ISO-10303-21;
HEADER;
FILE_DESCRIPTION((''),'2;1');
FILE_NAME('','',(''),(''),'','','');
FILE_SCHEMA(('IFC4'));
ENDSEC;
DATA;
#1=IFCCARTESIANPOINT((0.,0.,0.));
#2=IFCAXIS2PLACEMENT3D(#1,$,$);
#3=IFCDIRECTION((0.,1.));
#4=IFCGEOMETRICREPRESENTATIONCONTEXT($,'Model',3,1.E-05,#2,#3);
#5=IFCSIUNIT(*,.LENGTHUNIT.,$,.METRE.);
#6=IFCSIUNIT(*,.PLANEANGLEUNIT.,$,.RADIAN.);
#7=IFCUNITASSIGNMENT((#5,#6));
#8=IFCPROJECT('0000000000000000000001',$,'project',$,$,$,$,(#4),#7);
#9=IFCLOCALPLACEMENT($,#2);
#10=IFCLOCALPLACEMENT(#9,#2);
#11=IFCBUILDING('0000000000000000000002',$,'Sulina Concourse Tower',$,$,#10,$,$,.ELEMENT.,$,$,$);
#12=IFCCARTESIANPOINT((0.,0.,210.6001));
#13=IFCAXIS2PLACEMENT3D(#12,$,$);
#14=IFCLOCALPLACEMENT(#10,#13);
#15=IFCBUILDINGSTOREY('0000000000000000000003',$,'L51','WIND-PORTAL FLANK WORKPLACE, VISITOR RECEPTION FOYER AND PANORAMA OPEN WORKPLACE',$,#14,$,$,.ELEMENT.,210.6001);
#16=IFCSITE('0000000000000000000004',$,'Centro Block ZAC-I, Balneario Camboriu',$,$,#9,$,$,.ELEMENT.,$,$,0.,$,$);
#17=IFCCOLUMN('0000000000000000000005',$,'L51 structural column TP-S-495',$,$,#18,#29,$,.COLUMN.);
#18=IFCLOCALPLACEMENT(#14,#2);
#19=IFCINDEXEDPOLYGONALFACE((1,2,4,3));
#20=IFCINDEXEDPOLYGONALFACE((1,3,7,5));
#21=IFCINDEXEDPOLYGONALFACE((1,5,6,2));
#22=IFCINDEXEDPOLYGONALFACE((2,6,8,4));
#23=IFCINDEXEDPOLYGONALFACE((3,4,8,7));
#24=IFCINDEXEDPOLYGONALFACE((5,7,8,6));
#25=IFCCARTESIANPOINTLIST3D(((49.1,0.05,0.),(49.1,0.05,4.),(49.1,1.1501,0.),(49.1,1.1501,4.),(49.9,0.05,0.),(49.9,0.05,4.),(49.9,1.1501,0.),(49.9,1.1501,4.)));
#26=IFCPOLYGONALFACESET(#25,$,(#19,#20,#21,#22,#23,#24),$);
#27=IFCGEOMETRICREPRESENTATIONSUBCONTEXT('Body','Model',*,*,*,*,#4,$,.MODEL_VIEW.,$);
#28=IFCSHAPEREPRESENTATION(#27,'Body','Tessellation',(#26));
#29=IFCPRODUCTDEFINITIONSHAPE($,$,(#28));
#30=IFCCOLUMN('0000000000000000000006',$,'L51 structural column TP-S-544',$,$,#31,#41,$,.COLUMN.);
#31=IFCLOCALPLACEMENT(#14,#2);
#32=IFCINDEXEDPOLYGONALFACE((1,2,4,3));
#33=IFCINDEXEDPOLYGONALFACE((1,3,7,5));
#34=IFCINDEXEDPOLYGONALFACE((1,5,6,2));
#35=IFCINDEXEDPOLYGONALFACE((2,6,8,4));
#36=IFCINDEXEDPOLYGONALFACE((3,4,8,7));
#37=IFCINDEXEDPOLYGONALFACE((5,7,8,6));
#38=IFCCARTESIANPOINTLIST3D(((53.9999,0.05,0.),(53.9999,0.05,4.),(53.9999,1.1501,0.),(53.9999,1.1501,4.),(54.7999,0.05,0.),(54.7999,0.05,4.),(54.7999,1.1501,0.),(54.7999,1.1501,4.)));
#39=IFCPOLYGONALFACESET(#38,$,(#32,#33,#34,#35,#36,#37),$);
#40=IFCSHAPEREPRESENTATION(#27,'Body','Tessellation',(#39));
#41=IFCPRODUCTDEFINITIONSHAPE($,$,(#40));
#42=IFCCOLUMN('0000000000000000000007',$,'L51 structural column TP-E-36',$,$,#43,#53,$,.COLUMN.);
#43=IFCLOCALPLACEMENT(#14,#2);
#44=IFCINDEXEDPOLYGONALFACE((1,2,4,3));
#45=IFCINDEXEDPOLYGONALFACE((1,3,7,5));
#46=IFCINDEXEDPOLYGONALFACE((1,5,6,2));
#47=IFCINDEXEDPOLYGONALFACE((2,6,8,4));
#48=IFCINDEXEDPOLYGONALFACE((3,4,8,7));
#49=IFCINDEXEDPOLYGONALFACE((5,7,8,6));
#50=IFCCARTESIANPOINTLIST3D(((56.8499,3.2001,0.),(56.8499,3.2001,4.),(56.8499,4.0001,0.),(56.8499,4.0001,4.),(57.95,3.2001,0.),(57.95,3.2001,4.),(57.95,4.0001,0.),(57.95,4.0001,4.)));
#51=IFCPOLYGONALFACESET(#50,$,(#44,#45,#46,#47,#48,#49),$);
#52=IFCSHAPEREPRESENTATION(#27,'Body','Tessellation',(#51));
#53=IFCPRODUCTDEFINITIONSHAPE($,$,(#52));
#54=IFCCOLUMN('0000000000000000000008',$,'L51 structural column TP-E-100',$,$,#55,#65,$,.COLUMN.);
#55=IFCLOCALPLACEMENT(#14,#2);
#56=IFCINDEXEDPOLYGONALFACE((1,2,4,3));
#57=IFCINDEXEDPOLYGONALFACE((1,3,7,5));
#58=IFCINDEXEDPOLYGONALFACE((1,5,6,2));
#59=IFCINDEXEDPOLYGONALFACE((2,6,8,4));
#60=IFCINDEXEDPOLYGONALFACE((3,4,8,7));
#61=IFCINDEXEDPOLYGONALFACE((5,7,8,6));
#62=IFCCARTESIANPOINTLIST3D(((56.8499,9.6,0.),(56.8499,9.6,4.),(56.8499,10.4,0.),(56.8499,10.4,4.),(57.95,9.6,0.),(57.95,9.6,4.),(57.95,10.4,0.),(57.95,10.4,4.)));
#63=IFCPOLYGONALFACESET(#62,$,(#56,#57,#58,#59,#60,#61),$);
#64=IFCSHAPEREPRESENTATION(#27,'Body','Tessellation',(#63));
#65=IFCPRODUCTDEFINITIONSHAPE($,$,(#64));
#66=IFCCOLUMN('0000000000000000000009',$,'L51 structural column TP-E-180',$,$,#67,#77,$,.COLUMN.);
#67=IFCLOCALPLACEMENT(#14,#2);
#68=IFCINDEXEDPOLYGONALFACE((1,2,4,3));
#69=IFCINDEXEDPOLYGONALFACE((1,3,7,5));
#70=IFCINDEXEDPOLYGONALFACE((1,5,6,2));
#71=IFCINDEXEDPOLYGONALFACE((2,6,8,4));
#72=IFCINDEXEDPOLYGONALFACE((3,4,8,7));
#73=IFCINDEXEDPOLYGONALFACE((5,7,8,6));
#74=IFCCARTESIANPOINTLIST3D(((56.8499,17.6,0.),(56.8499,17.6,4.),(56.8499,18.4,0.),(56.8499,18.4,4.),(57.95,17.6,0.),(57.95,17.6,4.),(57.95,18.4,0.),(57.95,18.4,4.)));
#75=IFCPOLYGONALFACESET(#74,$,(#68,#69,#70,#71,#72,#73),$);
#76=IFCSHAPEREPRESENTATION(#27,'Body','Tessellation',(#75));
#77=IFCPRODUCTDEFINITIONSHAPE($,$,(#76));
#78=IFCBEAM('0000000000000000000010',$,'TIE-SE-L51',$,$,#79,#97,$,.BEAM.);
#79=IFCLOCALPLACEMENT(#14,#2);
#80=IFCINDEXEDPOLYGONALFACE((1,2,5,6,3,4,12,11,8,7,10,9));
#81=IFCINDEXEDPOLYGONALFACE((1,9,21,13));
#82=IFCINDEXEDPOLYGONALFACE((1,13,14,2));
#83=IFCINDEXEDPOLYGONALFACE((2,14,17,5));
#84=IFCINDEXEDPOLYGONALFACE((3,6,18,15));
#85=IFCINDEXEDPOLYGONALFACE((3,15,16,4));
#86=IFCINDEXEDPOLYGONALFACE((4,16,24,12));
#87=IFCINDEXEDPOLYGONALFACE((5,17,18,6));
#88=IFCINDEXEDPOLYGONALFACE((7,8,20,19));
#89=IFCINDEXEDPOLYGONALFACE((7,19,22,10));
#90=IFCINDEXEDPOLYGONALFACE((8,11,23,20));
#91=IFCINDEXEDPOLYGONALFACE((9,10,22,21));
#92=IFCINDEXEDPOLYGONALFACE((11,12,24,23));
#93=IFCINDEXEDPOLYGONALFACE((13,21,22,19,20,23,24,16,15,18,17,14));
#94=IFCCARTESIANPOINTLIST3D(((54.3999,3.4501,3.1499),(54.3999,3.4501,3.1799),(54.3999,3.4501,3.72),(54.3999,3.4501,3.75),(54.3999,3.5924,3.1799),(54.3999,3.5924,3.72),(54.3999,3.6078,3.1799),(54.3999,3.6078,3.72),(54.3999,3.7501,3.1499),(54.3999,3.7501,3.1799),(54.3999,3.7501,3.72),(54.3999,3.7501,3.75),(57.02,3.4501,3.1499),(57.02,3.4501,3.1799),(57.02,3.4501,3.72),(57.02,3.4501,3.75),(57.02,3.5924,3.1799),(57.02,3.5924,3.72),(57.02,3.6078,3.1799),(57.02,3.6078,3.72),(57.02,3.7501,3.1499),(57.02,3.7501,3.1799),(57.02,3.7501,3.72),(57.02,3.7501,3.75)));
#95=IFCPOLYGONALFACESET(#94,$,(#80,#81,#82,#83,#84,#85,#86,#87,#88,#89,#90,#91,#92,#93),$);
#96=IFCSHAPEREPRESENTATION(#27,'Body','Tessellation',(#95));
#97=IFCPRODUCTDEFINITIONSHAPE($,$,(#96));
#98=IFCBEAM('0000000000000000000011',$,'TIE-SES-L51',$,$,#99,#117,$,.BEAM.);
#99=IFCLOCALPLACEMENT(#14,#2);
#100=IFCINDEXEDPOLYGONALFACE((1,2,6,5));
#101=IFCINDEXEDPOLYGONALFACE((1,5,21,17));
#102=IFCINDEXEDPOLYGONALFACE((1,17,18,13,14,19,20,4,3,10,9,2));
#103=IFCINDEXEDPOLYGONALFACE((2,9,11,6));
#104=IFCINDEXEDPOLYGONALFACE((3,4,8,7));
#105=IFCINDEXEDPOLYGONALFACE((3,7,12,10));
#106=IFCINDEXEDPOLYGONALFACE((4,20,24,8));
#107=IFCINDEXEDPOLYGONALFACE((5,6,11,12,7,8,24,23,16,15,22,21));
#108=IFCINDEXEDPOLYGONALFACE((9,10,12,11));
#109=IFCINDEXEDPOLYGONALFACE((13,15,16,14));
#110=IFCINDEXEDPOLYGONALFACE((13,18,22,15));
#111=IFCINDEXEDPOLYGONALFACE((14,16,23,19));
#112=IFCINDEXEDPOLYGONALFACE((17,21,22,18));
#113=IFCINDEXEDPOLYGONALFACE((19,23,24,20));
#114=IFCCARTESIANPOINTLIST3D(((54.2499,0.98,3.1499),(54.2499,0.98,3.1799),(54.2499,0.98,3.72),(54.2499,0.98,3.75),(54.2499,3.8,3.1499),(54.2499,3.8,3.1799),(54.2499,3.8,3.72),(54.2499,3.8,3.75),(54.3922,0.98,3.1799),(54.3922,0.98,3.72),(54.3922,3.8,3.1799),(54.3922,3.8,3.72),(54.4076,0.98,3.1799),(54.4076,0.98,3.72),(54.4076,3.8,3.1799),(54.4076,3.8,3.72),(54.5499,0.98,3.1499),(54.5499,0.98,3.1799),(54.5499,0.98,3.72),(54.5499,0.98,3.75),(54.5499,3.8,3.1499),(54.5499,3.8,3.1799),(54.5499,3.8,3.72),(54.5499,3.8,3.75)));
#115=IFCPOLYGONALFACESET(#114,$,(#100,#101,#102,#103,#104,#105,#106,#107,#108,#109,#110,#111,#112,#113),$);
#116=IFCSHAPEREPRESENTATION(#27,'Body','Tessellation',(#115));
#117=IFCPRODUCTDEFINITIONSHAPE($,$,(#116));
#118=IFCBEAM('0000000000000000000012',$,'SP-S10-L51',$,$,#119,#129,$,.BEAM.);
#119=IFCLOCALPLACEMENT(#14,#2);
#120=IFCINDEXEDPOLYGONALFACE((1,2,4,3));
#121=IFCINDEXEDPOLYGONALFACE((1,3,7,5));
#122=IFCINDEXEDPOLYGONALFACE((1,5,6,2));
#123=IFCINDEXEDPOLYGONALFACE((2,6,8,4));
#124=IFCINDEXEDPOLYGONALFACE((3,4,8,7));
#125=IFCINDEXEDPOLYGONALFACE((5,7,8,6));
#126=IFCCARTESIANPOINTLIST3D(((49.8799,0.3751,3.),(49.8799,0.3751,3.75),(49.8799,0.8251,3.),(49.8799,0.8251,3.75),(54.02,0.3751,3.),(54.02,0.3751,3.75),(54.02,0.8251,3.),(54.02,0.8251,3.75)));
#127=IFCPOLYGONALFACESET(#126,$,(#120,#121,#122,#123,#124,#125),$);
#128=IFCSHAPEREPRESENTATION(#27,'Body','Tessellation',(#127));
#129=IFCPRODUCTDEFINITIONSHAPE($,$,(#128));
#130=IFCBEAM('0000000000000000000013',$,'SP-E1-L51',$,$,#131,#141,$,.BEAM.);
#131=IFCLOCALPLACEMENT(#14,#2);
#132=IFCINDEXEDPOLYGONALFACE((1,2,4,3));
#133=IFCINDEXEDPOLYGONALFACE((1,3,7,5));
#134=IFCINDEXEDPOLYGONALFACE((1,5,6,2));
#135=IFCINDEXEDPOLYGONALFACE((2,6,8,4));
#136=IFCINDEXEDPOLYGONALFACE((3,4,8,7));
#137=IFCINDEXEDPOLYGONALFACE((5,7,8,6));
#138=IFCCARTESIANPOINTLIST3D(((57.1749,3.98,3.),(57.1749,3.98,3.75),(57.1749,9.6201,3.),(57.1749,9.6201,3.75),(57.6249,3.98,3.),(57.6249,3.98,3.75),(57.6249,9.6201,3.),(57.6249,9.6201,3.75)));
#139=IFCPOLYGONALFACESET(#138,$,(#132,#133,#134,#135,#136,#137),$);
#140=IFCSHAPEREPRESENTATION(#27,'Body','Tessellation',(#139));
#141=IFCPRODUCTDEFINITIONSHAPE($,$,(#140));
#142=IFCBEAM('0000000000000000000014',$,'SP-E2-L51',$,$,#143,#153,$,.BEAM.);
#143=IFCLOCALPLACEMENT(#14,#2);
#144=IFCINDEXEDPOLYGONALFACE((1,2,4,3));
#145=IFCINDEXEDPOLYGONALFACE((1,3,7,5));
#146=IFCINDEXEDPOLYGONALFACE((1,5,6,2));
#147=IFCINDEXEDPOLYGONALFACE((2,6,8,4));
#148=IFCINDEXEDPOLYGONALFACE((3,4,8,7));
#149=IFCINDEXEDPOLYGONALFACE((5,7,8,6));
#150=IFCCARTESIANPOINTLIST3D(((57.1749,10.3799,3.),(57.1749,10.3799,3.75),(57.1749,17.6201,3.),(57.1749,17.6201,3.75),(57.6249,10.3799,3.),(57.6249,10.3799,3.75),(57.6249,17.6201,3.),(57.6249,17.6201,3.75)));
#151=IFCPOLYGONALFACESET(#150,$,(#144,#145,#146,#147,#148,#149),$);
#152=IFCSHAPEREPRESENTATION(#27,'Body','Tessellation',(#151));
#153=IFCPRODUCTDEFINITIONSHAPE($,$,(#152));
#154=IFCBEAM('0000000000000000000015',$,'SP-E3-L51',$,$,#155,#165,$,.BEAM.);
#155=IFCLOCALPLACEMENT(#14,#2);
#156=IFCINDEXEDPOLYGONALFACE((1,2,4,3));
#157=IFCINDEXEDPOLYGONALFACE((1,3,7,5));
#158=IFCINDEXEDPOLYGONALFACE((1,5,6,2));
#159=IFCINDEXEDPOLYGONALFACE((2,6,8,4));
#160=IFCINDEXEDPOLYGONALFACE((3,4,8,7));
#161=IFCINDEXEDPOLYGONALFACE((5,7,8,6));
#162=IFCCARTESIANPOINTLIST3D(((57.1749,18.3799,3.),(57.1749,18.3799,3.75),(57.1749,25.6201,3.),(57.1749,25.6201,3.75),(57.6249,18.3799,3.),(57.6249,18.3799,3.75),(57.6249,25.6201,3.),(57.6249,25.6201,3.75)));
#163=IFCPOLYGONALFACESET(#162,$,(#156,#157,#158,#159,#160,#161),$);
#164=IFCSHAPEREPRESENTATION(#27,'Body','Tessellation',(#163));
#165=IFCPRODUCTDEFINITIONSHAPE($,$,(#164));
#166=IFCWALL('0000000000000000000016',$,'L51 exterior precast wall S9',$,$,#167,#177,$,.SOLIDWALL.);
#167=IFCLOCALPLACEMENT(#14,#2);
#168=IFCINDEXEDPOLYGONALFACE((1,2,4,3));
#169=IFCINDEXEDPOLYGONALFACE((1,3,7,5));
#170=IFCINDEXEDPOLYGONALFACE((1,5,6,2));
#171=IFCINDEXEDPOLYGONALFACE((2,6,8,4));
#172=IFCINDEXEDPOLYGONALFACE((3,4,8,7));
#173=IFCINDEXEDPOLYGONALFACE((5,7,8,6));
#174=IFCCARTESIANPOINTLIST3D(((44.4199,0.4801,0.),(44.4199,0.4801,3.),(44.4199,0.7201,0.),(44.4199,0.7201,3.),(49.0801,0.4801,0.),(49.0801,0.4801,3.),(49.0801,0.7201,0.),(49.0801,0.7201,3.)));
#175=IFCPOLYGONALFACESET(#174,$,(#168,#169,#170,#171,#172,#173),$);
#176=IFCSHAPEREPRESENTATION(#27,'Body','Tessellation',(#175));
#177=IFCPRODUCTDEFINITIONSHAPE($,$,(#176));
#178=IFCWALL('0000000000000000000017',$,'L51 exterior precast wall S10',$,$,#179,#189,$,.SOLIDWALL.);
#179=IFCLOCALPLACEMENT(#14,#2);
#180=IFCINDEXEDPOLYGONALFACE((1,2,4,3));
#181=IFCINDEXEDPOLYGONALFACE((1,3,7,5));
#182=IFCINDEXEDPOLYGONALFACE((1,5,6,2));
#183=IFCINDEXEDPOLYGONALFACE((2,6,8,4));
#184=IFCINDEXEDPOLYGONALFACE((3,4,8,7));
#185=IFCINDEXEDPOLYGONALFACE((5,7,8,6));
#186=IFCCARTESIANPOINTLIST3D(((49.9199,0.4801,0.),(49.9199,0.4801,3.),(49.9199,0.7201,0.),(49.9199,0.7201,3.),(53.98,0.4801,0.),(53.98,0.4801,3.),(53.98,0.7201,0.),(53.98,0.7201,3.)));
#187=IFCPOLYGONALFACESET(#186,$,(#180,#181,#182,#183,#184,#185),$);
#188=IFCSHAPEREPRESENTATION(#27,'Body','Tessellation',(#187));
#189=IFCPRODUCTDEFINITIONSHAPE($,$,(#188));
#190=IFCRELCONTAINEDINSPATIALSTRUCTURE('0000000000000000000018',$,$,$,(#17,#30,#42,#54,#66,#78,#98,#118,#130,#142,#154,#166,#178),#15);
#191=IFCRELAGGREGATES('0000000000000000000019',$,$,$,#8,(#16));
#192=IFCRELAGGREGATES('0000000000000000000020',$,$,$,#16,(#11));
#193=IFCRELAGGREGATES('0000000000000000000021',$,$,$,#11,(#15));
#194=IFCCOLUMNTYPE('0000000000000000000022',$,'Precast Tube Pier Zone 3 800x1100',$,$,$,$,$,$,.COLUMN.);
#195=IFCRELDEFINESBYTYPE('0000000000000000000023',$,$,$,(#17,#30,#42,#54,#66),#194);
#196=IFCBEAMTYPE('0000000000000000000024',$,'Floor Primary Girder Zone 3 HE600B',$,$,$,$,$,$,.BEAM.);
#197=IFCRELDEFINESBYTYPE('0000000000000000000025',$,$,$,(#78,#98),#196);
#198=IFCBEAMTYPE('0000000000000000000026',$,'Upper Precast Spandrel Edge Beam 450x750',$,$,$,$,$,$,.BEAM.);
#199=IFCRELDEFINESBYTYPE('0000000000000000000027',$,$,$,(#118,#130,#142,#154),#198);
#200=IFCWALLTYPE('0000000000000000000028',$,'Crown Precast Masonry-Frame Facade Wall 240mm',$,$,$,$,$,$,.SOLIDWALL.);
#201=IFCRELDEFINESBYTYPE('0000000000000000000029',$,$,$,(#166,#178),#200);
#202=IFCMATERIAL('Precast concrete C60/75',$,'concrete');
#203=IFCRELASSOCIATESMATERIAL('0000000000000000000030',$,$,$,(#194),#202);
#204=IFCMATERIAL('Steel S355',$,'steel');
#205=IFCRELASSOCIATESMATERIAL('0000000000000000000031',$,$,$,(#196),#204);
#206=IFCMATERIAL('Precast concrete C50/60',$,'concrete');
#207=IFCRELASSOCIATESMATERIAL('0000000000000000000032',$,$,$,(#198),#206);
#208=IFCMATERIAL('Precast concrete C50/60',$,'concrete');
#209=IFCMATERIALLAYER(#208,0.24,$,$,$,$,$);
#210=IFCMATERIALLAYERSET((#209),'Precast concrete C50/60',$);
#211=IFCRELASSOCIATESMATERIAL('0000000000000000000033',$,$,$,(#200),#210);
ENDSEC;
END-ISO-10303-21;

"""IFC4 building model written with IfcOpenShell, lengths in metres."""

from ifc_helpers import new_model, si_unit, direction, frame, frame_2d, origin, origin_2d, place, context, subcontext, project, spatial, rectangle, i_section, extrude, material, layer, layer_set, material_profile, profile_set, type_object, element, save


model = new_model("IFC4")

# Units and contexts
model_context = context("Model", 3, precision=1e-05, world=origin(), true_north=direction((0.0, 1.0)))
body_context = subcontext(model_context, "Body", "Model", "MODEL_VIEW")
ifc_project = project(units=[si_unit("LENGTHUNIT", "METRE"), si_unit("PLANEANGLEUNIT", "RADIAN")], contexts=[model_context])

# Site, building, storey
site_placement = place(None, origin())
site = spatial("IfcSite", under=ifc_project, at=site_placement, Name="Centro Block ZAC-I, Balneario Camboriu", CompositionType="ELEMENT", RefElevation=0.0)
building_placement = place(site_placement, origin())
building = spatial("IfcBuilding", under=site, at=building_placement, Name="Sulina Concourse Tower", CompositionType="ELEMENT")
storey_placement = place(building_placement, frame((0.0, 0.0, 210.6001)))
storey = spatial("IfcBuildingStorey", under=building, at=storey_placement, Name="L51", Description="WIND-PORTAL FLANK WORKPLACE, VISITOR RECEPTION FOYER AND PANORAMA OPEN WORKPLACE", CompositionType="ELEMENT", Elevation=210.6001)

# Columns
ifc_material_1 = material(Name="Precast concrete C60/75", Category="concrete")
ifc_material_profile_1 = material_profile(ifc_material_1, rectangle(XDim=0.8, YDim=1.1001, at=origin_2d()), Name="PC 800x1100")
ifc_profile_set_1 = profile_set([ifc_material_profile_1], Name="Precast concrete C60/75")
column_type = type_object("IfcColumnType", Name="Precast Tube Pier Zone 3 800x1100", PredefinedType="COLUMN", material=ifc_profile_set_1)
for number, where, z_axis, x_axis, name in (
    (1, (49.5, 0.6001, 0.0), (0.0, 0.0, 1.0), (1.0, 0.0, 0.0), "L51 structural column TP-S-495"),
    (2, (54.3999, 0.6001, 0.0), (0.0, 0.0, 1.0), (1.0, 0.0, 0.0), "L51 structural column TP-S-544"),
    (3, (57.3999, 3.6001, 0.0), (0.0, 0.0, 1.0), (0.0, 1.0, 0.0), "L51 structural column TP-E-36"),
    (4, (57.3999, 10.0, 0.0), (0.0, 0.0, 1.0), (0.0, 1.0, 0.0), "L51 structural column TP-E-100"),
    (5, (57.3999, 18.0, 0.0), (0.0, 0.0, 1.0), (0.0, 1.0, 0.0), "L51 structural column TP-E-180"),
):
    element("IfcColumn", number, at=place(storey_placement, frame(where, z_axis=z_axis, x_axis=x_axis)), inside=storey, type_object=column_type, Name=name, PredefinedType="COLUMN", context=body_context, shape_type="SweptSolid", body=[
        extrude(rectangle(XDim=0.8, YDim=1.1001, at=origin_2d()), origin(), (0.0, 0.0, 1.0), 4.0),
    ])

# Beams
ifc_material_2 = material(Name="Steel S355", Category="steel")
ifc_material_profile_2 = material_profile(ifc_material_2, i_section(OverallWidth=0.3, OverallDepth=0.6001, WebThickness=0.0154, FlangeThickness=0.03, at=origin_2d()), Name="HE 600 B")
ifc_profile_set_2 = profile_set([ifc_material_profile_2], Name="Steel S355")
beam_type_1 = type_object("IfcBeamType", Name="Floor Primary Girder Zone 3 HE600B", PredefinedType="BEAM", material=ifc_profile_set_2)
beam_1_placement = place(storey_placement, frame((54.3999, 3.6001, 3.45), z_axis=(1.0, 0.0, 0.0), x_axis=(0.0, 1.0, 0.0)))
element("IfcBeam", 6, at=beam_1_placement, inside=storey, type_object=beam_type_1, Name="TIE-SE-L51", PredefinedType="BEAM", context=body_context, shape_type="SweptSolid", body=[
    extrude(i_section(OverallWidth=0.3, OverallDepth=0.6001, WebThickness=0.0154, FlangeThickness=0.03, at=origin_2d()), origin(), (0.0, 0.0, 1.0), 2.6201),
])
beam_2_placement = place(storey_placement, frame((54.3999, 0.98, 3.45), z_axis=(0.0, 1.0, 0.0), x_axis=(-1.0, 0.0, 0.0)))
element("IfcBeam", 7, at=beam_2_placement, inside=storey, type_object=beam_type_1, Name="TIE-SES-L51", PredefinedType="BEAM", context=body_context, shape_type="SweptSolid", body=[
    extrude(i_section(OverallWidth=0.3, OverallDepth=0.6001, WebThickness=0.0154, FlangeThickness=0.03, at=origin_2d()), origin(), (0.0, 0.0, 1.0), 2.8201),
])
ifc_material_3 = material(Name="Precast concrete C50/60", Category="concrete")
ifc_material_profile_3 = material_profile(ifc_material_3, rectangle(XDim=0.45, YDim=0.75, at=origin_2d()), Name="RC 450x750")
ifc_profile_set_3 = profile_set([ifc_material_profile_3], Name="Precast concrete C50/60")
beam_type_2 = type_object("IfcBeamType", Name="Upper Precast Spandrel Edge Beam 450x750", PredefinedType="BEAM", material=ifc_profile_set_3)
beam_3_placement = place(storey_placement, frame((49.8799, 0.6001, 3.375), z_axis=(1.0, 0.0, 0.0), x_axis=(0.0, 1.0, 0.0)))
element("IfcBeam", 8, at=beam_3_placement, inside=storey, type_object=beam_type_2, Name="SP-S10-L51", PredefinedType="BEAM", context=body_context, shape_type="SweptSolid", body=[
    extrude(rectangle(XDim=0.45, YDim=0.75, at=origin_2d()), origin(), (0.0, 0.0, 1.0), 4.1401),
])
beam_4_placement = place(storey_placement, frame((57.3999, 3.98, 3.375), z_axis=(0.0, 1.0, 0.0), x_axis=(-1.0, 0.0, 0.0)))
element("IfcBeam", 9, at=beam_4_placement, inside=storey, type_object=beam_type_2, Name="SP-E1-L51", PredefinedType="BEAM", context=body_context, shape_type="SweptSolid", body=[
    extrude(rectangle(XDim=0.45, YDim=0.75, at=origin_2d()), origin(), (0.0, 0.0, 1.0), 5.6401),
])
for number, where, z_axis, x_axis, name in (
    (10, (57.3999, 10.3799, 3.375), (0.0, 1.0, 0.0), (-1.0, 0.0, 0.0), "SP-E2-L51"),
    (11, (57.3999, 18.3799, 3.375), (0.0, 1.0, 0.0), (-1.0, 0.0, 0.0), "SP-E3-L51"),
):
    element("IfcBeam", number, at=place(storey_placement, frame(where, z_axis=z_axis, x_axis=x_axis)), inside=storey, type_object=beam_type_2, Name=name, PredefinedType="BEAM", context=body_context, shape_type="SweptSolid", body=[
        extrude(rectangle(XDim=0.45, YDim=0.75, at=origin_2d()), origin(), (0.0, 0.0, 1.0), 7.2402),
    ])

# Walls
ifc_material_4 = material(Name="Precast concrete C50/60", Category="concrete")
ifc_layer_1 = layer(ifc_material_4, 0.24)
ifc_layer_set_1 = layer_set([ifc_layer_1], Name="Precast concrete C50/60")
wall_type_1 = type_object("IfcWallType", Name="Crown Precast Masonry-Frame Facade Wall 240mm", PredefinedType="SOLIDWALL", material=ifc_layer_set_1)
wall_1_placement = place(storey_placement, frame((49.0801, 0.6001, 0.0), z_axis=(0.0, 0.0, 1.0), x_axis=(-1.0, 0.0, 0.0)))
element("IfcWall", 12, at=wall_1_placement, inside=storey, type_object=wall_type_1, Name="L51 exterior precast wall S9", PredefinedType="SOLIDWALL", context=body_context, shape_type="SweptSolid", body=[
    extrude(rectangle(XDim=4.6602, YDim=0.24, at=frame_2d((2.3301, 0.0))), origin(), (0.0, 0.0, 1.0), 3.0),
])
wall_2_placement = place(storey_placement, frame((53.98, 0.6001, 0.0), z_axis=(0.0, 0.0, 1.0), x_axis=(-1.0, 0.0, 0.0)))
element("IfcWall", 13, at=wall_2_placement, inside=storey, type_object=wall_type_1, Name="L51 exterior precast wall S10", PredefinedType="SOLIDWALL", context=body_context, shape_type="SweptSolid", body=[
    extrude(rectangle(XDim=4.0601, YDim=0.24, at=frame_2d((2.03, 0.0))), origin(), (0.0, 0.0, 1.0), 3.0),
])

save(model, "model.ifc")
